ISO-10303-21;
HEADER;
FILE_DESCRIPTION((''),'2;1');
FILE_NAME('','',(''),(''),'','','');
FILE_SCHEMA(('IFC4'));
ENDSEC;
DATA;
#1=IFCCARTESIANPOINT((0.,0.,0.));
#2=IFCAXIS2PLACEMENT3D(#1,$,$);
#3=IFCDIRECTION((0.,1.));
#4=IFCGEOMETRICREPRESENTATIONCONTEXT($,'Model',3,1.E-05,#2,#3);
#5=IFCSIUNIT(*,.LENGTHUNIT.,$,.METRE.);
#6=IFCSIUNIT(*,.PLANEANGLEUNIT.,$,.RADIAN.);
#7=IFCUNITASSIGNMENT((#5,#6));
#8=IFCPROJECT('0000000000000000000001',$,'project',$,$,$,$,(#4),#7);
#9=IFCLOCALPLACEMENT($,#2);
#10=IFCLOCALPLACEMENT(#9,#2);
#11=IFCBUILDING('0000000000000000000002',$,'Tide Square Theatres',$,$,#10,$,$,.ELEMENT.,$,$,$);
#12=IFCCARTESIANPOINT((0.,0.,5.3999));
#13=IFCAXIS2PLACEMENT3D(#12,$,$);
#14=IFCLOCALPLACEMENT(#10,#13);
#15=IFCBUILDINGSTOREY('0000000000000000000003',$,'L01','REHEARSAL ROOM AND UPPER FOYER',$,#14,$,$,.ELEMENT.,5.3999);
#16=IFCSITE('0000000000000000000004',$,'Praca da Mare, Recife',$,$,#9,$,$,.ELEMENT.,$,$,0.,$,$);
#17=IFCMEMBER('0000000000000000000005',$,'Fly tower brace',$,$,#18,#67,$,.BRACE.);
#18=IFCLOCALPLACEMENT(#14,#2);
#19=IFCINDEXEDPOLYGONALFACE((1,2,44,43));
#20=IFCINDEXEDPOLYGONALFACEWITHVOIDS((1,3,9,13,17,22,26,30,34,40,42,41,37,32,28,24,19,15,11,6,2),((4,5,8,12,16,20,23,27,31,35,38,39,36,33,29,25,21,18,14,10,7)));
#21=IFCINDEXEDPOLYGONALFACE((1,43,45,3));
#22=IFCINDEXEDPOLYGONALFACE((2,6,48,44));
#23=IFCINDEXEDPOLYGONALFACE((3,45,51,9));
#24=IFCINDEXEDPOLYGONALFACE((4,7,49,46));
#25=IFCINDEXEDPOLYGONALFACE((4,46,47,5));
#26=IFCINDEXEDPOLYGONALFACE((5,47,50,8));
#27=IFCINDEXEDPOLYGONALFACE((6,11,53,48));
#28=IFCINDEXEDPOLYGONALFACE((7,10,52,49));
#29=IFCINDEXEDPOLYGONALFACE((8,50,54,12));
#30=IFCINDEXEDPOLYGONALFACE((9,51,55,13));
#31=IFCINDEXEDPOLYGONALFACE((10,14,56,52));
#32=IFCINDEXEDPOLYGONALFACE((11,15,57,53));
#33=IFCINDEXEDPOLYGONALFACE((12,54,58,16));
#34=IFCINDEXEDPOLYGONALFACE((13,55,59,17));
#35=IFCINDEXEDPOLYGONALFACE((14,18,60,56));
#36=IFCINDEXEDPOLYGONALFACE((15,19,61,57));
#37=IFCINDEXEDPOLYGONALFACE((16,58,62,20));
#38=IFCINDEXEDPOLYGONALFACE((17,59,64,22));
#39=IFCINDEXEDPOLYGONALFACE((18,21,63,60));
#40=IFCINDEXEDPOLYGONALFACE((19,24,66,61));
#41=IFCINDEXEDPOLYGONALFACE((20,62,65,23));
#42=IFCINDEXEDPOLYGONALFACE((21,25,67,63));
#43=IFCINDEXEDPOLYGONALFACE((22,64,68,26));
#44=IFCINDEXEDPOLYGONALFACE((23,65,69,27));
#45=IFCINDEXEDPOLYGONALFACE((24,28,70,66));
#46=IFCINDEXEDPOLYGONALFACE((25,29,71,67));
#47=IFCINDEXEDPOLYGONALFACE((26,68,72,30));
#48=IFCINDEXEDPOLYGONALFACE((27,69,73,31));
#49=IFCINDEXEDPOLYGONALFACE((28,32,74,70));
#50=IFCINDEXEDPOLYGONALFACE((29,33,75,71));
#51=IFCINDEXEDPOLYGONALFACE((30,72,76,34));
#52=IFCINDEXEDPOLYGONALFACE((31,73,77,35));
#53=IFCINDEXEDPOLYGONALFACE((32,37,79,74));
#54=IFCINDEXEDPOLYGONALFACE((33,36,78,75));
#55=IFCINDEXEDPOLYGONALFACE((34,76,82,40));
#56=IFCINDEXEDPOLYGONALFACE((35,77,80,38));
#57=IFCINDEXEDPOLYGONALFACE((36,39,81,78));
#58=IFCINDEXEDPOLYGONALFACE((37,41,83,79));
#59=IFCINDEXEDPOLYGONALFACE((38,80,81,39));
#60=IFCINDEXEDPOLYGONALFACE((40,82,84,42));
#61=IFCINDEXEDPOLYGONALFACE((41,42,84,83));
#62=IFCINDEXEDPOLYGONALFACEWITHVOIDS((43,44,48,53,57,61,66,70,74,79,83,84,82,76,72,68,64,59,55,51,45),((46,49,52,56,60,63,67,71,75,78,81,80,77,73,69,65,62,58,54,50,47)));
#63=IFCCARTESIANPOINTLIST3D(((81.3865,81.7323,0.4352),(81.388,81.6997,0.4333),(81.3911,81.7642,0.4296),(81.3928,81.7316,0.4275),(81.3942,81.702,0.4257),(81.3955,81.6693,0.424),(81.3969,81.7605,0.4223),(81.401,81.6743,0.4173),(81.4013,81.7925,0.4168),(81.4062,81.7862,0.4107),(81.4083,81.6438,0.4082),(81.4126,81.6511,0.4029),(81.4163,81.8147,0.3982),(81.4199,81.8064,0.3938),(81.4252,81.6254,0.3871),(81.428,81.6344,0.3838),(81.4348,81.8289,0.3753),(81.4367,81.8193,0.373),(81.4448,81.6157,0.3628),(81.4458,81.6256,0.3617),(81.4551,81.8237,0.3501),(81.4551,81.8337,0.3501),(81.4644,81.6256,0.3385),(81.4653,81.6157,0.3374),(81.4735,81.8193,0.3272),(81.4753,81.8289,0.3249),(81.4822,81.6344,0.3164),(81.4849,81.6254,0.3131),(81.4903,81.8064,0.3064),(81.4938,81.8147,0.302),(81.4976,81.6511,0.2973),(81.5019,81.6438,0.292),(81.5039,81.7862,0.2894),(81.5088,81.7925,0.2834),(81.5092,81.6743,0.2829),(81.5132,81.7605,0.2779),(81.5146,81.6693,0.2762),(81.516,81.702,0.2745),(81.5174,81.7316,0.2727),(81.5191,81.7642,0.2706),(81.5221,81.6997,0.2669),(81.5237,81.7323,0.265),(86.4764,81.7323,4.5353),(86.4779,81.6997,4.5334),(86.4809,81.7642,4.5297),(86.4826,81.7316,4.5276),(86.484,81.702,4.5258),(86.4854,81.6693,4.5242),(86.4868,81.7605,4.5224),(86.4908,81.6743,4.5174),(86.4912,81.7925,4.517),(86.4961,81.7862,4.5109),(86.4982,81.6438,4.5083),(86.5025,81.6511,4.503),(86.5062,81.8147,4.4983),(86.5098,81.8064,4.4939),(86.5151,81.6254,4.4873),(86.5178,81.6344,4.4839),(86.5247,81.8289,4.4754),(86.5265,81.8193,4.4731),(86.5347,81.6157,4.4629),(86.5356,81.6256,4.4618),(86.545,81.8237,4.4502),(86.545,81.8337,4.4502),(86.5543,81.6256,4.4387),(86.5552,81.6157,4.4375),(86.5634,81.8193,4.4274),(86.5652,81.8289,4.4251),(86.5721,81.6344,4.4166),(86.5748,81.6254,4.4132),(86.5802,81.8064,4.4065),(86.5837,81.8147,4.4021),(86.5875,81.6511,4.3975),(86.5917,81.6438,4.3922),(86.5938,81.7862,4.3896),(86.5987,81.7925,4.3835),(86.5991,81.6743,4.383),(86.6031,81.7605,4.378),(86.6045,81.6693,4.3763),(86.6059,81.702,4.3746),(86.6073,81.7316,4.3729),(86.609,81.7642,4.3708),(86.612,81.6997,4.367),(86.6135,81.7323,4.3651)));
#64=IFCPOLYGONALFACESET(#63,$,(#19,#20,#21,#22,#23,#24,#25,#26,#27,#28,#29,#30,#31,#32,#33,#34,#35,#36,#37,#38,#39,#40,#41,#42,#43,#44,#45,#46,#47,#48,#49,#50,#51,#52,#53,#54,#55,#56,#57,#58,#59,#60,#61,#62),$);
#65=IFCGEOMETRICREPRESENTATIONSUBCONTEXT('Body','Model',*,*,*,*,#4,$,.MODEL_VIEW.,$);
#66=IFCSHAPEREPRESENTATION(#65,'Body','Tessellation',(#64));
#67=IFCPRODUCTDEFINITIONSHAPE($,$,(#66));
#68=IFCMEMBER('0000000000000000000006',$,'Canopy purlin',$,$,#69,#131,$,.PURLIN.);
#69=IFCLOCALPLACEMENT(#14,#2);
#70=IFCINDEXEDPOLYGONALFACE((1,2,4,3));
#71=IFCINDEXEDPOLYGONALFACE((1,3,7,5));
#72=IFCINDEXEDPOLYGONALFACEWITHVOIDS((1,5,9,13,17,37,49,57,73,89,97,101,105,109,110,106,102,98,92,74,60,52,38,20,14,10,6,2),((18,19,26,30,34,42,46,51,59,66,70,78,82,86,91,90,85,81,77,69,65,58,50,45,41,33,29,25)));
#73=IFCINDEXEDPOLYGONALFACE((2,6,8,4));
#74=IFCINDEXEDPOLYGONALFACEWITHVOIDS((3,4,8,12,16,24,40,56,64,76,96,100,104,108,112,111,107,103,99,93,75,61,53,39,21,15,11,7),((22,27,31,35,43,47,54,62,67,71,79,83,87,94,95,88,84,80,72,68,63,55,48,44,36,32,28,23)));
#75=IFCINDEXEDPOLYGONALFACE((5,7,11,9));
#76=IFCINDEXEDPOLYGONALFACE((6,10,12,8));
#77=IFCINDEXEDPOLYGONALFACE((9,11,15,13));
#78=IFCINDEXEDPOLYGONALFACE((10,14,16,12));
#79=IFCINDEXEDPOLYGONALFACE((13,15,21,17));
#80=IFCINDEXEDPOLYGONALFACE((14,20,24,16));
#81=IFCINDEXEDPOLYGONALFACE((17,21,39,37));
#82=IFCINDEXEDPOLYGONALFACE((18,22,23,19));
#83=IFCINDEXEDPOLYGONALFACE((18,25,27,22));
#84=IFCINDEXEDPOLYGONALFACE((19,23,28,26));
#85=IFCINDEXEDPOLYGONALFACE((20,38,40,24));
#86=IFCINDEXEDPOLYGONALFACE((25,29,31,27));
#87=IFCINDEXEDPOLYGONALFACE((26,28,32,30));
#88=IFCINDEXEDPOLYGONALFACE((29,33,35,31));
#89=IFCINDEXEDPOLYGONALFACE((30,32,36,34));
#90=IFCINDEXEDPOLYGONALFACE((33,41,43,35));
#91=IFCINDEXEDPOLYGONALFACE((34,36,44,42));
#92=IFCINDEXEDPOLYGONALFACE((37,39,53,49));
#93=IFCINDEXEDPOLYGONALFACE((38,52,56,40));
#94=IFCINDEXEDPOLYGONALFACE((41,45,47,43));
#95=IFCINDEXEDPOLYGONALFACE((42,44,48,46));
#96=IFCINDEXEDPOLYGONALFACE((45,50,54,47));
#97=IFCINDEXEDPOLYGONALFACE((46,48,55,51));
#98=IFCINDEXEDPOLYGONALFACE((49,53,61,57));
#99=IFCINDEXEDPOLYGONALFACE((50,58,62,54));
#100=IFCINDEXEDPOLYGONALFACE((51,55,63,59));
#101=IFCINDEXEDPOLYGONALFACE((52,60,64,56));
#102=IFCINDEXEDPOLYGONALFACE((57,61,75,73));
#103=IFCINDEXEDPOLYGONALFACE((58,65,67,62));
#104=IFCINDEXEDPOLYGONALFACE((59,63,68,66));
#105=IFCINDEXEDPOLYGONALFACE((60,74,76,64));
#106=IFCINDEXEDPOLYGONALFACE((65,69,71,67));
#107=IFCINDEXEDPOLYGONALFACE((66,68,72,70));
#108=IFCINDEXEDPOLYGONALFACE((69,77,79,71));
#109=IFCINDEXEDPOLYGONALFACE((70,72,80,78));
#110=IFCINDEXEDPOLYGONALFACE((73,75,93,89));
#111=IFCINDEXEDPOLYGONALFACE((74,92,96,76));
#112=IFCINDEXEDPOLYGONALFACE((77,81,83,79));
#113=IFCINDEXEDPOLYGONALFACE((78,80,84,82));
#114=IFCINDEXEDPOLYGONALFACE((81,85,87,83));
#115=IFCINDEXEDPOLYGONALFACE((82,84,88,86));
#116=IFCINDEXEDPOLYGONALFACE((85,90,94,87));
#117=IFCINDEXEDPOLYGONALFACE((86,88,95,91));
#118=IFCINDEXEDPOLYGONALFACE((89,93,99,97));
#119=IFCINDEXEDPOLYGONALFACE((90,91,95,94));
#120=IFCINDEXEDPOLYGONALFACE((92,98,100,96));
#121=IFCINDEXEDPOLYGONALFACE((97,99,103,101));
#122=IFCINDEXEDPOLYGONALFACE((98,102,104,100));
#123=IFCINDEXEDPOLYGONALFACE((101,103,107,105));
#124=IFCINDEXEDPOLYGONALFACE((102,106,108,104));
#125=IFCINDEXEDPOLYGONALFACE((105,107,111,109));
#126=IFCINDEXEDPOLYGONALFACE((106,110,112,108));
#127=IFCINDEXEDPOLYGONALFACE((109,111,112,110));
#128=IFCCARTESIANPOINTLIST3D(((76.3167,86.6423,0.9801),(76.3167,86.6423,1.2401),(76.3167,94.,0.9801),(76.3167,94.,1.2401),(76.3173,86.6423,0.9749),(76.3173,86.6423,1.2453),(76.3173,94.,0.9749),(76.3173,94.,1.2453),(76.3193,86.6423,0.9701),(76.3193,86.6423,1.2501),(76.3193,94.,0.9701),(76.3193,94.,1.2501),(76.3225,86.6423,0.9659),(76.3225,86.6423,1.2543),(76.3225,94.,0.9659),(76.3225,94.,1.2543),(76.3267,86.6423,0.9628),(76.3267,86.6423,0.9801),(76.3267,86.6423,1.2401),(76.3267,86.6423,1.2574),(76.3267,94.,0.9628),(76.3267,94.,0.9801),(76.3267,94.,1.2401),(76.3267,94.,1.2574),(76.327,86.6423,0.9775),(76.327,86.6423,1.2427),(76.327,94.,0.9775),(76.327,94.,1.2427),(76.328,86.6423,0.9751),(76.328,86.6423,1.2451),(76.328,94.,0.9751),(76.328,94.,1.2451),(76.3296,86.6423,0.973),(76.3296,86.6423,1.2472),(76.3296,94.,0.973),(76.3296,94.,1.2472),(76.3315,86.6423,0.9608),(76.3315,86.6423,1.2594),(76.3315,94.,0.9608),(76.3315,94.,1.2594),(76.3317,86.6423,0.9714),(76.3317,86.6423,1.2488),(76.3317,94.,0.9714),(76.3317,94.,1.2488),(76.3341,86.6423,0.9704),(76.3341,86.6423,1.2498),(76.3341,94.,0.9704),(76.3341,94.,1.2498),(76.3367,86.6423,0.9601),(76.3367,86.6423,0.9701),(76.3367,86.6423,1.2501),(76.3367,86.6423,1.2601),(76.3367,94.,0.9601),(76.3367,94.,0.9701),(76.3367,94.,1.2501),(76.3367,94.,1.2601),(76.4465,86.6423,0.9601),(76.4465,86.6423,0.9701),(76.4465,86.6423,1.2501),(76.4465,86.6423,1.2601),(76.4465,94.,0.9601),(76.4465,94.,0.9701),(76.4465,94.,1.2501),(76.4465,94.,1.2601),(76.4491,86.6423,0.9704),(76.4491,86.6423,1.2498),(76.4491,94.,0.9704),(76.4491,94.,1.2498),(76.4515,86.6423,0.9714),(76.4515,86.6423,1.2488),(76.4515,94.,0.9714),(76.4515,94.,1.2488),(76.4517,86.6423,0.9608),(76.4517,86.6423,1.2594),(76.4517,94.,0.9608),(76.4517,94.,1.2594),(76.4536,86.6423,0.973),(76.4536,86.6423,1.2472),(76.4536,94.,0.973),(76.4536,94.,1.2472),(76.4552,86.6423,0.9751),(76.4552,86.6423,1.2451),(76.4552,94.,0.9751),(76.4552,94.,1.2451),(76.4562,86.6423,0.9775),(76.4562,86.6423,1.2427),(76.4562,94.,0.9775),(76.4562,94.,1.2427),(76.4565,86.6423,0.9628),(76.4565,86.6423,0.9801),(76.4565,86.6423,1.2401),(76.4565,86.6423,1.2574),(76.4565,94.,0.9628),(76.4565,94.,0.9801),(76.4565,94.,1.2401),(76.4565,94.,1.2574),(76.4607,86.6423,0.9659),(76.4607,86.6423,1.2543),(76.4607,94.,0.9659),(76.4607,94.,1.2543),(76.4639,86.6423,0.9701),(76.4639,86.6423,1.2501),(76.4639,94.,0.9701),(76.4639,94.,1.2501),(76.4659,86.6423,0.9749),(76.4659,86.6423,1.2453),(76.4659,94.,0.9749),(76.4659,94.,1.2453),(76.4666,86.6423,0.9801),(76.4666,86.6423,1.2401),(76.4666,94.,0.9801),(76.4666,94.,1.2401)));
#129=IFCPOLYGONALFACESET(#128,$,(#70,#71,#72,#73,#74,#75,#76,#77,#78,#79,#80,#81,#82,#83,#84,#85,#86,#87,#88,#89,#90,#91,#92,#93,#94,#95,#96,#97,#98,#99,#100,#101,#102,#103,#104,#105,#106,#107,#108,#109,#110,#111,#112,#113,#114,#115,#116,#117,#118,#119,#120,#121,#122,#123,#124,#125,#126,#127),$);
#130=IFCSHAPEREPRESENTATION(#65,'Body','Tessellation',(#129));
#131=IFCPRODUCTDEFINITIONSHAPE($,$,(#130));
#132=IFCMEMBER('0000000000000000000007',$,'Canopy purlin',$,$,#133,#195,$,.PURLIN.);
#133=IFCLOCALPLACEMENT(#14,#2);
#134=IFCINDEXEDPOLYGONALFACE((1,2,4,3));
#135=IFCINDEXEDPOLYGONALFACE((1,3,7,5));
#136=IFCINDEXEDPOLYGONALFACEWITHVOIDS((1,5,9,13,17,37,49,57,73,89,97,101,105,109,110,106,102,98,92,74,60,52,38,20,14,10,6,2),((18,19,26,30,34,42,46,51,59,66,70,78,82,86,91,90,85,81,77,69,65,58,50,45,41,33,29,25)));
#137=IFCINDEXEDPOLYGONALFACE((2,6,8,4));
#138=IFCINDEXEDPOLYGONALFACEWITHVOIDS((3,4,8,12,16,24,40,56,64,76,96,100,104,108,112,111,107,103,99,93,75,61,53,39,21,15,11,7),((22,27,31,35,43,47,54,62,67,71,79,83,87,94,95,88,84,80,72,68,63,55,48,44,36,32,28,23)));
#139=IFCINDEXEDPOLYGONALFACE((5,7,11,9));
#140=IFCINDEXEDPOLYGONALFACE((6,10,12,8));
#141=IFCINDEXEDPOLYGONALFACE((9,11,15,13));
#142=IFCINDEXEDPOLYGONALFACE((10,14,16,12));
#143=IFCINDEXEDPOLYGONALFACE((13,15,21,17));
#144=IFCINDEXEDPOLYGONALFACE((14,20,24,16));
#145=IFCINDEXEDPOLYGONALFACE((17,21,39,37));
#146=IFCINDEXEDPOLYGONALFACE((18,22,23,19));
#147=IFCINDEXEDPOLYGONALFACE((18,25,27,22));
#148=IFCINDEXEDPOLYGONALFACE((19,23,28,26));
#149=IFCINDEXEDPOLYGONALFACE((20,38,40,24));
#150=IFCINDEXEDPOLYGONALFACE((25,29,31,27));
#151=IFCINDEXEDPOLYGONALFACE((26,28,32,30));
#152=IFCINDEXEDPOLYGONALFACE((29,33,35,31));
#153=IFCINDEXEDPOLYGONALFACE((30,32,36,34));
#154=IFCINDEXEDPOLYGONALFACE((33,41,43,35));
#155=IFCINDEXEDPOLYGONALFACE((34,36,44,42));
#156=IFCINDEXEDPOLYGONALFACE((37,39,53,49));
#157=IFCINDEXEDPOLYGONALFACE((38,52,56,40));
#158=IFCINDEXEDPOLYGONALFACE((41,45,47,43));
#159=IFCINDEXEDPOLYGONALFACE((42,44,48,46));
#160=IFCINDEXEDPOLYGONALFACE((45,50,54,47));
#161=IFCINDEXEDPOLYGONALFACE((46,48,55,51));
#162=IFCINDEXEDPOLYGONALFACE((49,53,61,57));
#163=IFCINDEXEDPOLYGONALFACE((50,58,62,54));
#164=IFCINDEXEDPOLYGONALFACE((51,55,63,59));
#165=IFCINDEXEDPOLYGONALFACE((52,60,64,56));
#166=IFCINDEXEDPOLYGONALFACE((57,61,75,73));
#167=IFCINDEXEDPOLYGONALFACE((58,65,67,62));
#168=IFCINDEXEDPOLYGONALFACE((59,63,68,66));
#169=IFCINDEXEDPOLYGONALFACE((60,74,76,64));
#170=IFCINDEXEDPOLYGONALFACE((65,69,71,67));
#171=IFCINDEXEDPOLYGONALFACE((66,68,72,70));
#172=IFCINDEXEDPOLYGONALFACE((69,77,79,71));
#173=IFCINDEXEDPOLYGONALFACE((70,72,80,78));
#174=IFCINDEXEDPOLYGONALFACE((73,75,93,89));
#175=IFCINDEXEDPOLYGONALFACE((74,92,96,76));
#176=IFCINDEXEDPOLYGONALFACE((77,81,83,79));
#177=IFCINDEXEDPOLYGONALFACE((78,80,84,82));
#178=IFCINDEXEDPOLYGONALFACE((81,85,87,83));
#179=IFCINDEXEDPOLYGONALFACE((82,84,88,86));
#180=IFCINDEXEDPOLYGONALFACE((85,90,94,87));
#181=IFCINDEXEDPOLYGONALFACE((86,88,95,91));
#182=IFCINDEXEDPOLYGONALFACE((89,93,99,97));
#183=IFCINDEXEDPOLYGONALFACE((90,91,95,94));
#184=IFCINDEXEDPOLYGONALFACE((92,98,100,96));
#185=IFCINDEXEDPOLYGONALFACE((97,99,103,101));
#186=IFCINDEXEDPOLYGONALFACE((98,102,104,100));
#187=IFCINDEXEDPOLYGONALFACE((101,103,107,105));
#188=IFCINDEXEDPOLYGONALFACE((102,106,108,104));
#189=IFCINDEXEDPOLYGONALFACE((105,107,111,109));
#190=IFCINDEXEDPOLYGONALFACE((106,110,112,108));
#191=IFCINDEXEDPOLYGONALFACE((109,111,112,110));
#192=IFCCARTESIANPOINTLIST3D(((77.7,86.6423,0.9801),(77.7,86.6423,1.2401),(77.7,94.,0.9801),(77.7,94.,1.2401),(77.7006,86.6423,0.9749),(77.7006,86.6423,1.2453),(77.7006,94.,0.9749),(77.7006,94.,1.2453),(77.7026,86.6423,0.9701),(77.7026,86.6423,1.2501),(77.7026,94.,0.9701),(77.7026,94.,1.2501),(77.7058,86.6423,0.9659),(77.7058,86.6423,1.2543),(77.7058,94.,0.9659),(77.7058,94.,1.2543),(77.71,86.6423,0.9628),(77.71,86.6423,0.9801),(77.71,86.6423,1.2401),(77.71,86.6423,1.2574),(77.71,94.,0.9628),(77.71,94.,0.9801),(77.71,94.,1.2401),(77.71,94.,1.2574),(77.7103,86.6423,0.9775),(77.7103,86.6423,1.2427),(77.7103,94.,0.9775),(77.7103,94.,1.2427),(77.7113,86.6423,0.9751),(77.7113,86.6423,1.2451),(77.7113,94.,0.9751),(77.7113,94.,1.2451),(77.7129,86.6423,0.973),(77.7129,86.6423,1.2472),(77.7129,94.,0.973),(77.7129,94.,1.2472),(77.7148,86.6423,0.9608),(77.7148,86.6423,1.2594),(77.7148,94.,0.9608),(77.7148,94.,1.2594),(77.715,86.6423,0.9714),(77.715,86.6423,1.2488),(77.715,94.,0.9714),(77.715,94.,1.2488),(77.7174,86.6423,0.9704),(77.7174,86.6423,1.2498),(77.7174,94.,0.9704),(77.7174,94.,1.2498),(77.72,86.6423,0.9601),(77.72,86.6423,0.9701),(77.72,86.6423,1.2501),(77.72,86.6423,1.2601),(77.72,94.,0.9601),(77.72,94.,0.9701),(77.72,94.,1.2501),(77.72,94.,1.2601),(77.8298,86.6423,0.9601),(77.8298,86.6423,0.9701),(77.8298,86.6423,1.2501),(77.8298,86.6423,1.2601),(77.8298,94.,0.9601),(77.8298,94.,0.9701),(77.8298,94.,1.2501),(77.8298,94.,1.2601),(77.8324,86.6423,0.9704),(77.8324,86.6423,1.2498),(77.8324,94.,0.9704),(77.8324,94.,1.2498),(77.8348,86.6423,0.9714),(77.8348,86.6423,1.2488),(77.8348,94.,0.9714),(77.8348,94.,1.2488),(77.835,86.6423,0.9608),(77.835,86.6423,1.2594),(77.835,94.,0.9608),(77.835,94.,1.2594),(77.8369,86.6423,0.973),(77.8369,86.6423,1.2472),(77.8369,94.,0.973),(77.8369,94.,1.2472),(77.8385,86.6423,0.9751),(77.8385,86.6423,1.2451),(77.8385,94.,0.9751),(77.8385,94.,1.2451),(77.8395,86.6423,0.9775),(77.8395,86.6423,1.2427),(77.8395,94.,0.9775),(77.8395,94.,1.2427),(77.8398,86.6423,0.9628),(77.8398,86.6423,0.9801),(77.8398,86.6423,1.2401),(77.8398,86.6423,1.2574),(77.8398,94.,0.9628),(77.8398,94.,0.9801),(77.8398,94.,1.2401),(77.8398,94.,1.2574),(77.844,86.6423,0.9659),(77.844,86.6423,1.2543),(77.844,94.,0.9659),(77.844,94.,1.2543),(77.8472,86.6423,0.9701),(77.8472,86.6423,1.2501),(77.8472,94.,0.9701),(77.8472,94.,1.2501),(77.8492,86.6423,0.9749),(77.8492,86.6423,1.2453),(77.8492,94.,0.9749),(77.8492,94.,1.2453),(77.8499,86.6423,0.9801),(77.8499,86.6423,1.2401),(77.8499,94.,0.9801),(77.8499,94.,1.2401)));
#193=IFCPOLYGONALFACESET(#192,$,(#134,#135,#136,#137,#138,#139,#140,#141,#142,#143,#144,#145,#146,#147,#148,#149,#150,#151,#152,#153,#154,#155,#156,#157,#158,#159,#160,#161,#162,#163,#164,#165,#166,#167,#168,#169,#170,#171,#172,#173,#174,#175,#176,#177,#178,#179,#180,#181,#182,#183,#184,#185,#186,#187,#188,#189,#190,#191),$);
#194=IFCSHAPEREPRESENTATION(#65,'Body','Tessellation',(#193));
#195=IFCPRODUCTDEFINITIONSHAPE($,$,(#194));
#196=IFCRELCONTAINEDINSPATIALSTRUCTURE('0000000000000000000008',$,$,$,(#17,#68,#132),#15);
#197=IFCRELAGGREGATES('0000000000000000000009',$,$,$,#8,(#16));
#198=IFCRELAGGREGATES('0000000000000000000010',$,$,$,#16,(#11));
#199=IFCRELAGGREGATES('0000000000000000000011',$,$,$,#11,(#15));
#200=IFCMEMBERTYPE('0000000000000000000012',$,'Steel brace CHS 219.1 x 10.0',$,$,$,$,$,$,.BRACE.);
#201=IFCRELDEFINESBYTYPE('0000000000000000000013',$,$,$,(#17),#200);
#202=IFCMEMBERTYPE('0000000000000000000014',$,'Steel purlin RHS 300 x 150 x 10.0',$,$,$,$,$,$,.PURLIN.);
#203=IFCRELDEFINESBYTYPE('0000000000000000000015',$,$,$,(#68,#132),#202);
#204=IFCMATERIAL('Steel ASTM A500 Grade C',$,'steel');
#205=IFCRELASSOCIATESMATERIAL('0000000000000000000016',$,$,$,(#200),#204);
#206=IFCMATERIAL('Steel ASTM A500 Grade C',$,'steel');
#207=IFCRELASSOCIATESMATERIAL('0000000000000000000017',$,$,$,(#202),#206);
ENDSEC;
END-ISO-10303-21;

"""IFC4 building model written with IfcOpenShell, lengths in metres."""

from ifc_helpers import new_model, si_unit, direction, frame, origin, origin_2d, place, context, subcontext, project, spatial, hollow_rectangle, hollow_circle, extrude, material, material_profile, profile_set, type_object, element, save


model = new_model("IFC4")

# Units and contexts
model_context = context("Model", 3, precision=1e-05, world=origin(), true_north=direction((0.0, 1.0)))
body_context = subcontext(model_context, "Body", "Model", "MODEL_VIEW")
ifc_project = project(units=[si_unit("LENGTHUNIT", "METRE"), si_unit("PLANEANGLEUNIT", "RADIAN")], contexts=[model_context])

# Site, building, storey
site_placement = place(None, origin())
site = spatial("IfcSite", under=ifc_project, at=site_placement, Name="Praca da Mare, Recife", CompositionType="ELEMENT", RefElevation=0.0)
building_placement = place(site_placement, origin())
building = spatial("IfcBuilding", under=site, at=building_placement, Name="Tide Square Theatres", CompositionType="ELEMENT")
storey_placement = place(building_placement, frame((0.0, 0.0, 5.3999)))
storey = spatial("IfcBuildingStorey", under=building, at=storey_placement, Name="L01", Description="REHEARSAL ROOM AND UPPER FOYER", CompositionType="ELEMENT", Elevation=5.3999)

# Members
ifc_material_1 = material(Name="Steel ASTM A500 Grade C", Category="steel")
ifc_material_profile_1 = material_profile(ifc_material_1, hollow_circle(Radius=0.1096, WallThickness=0.01, at=origin_2d()))
ifc_profile_set_1 = profile_set([ifc_material_profile_1], Name="Steel ASTM A500 Grade C")
member_type_1 = type_object("IfcMemberType", Name="Steel brace CHS 219.1 x 10.0", PredefinedType="BRACE", material=ifc_profile_set_1)
member_1_placement = place(storey_placement, frame((81.4551, 81.7241, 0.3501), z_axis=(0.778758, 0.0, 0.627325), x_axis=(0.0, 1.0, 0.0)))
element("IfcMember", 1, at=member_1_placement, inside=storey, type_object=member_type_1, Name="Fly tower brace", PredefinedType="BRACE", context=body_context, shape_type="SweptSolid", body=[
    extrude(hollow_circle(Radius=0.1096, WallThickness=0.01, at=origin_2d()), origin(), (0.0, 0.0, 1.0), 6.5359),
])
ifc_material_2 = material(Name="Steel ASTM A500 Grade C", Category="steel")
ifc_material_profile_2 = material_profile(ifc_material_2, hollow_rectangle(XDim=0.1499, YDim=0.3, WallThickness=0.01, InnerFilletRadius=0.01, OuterFilletRadius=0.02, at=origin_2d()))
ifc_profile_set_2 = profile_set([ifc_material_profile_2], Name="Steel ASTM A500 Grade C")
member_type_2 = type_object("IfcMemberType", Name="Steel purlin RHS 300 x 150 x 10.0", PredefinedType="PURLIN", material=ifc_profile_set_2)
for number, where, z_axis, x_axis, name in (
    (2, (76.3916, 86.6423, 1.1101), (0.0, 1.0, 0.0), (-1.0, 0.0, 0.0), "Canopy purlin"),
    (3, (77.7749, 86.6423, 1.1101), (0.0, 1.0, 0.0), (-1.0, 0.0, 0.0), "Canopy purlin"),
):
    element("IfcMember", number, at=place(storey_placement, frame(where, z_axis=z_axis, x_axis=x_axis)), inside=storey, type_object=member_type_2, Name=name, PredefinedType="PURLIN", context=body_context, shape_type="SweptSolid", body=[
        extrude(hollow_rectangle(XDim=0.1499, YDim=0.3, WallThickness=0.01, InnerFilletRadius=0.01, OuterFilletRadius=0.02, at=origin_2d()), origin(), (0.0, 0.0, 1.0), 7.3577),
    ])

save(model, "model.ifc")
